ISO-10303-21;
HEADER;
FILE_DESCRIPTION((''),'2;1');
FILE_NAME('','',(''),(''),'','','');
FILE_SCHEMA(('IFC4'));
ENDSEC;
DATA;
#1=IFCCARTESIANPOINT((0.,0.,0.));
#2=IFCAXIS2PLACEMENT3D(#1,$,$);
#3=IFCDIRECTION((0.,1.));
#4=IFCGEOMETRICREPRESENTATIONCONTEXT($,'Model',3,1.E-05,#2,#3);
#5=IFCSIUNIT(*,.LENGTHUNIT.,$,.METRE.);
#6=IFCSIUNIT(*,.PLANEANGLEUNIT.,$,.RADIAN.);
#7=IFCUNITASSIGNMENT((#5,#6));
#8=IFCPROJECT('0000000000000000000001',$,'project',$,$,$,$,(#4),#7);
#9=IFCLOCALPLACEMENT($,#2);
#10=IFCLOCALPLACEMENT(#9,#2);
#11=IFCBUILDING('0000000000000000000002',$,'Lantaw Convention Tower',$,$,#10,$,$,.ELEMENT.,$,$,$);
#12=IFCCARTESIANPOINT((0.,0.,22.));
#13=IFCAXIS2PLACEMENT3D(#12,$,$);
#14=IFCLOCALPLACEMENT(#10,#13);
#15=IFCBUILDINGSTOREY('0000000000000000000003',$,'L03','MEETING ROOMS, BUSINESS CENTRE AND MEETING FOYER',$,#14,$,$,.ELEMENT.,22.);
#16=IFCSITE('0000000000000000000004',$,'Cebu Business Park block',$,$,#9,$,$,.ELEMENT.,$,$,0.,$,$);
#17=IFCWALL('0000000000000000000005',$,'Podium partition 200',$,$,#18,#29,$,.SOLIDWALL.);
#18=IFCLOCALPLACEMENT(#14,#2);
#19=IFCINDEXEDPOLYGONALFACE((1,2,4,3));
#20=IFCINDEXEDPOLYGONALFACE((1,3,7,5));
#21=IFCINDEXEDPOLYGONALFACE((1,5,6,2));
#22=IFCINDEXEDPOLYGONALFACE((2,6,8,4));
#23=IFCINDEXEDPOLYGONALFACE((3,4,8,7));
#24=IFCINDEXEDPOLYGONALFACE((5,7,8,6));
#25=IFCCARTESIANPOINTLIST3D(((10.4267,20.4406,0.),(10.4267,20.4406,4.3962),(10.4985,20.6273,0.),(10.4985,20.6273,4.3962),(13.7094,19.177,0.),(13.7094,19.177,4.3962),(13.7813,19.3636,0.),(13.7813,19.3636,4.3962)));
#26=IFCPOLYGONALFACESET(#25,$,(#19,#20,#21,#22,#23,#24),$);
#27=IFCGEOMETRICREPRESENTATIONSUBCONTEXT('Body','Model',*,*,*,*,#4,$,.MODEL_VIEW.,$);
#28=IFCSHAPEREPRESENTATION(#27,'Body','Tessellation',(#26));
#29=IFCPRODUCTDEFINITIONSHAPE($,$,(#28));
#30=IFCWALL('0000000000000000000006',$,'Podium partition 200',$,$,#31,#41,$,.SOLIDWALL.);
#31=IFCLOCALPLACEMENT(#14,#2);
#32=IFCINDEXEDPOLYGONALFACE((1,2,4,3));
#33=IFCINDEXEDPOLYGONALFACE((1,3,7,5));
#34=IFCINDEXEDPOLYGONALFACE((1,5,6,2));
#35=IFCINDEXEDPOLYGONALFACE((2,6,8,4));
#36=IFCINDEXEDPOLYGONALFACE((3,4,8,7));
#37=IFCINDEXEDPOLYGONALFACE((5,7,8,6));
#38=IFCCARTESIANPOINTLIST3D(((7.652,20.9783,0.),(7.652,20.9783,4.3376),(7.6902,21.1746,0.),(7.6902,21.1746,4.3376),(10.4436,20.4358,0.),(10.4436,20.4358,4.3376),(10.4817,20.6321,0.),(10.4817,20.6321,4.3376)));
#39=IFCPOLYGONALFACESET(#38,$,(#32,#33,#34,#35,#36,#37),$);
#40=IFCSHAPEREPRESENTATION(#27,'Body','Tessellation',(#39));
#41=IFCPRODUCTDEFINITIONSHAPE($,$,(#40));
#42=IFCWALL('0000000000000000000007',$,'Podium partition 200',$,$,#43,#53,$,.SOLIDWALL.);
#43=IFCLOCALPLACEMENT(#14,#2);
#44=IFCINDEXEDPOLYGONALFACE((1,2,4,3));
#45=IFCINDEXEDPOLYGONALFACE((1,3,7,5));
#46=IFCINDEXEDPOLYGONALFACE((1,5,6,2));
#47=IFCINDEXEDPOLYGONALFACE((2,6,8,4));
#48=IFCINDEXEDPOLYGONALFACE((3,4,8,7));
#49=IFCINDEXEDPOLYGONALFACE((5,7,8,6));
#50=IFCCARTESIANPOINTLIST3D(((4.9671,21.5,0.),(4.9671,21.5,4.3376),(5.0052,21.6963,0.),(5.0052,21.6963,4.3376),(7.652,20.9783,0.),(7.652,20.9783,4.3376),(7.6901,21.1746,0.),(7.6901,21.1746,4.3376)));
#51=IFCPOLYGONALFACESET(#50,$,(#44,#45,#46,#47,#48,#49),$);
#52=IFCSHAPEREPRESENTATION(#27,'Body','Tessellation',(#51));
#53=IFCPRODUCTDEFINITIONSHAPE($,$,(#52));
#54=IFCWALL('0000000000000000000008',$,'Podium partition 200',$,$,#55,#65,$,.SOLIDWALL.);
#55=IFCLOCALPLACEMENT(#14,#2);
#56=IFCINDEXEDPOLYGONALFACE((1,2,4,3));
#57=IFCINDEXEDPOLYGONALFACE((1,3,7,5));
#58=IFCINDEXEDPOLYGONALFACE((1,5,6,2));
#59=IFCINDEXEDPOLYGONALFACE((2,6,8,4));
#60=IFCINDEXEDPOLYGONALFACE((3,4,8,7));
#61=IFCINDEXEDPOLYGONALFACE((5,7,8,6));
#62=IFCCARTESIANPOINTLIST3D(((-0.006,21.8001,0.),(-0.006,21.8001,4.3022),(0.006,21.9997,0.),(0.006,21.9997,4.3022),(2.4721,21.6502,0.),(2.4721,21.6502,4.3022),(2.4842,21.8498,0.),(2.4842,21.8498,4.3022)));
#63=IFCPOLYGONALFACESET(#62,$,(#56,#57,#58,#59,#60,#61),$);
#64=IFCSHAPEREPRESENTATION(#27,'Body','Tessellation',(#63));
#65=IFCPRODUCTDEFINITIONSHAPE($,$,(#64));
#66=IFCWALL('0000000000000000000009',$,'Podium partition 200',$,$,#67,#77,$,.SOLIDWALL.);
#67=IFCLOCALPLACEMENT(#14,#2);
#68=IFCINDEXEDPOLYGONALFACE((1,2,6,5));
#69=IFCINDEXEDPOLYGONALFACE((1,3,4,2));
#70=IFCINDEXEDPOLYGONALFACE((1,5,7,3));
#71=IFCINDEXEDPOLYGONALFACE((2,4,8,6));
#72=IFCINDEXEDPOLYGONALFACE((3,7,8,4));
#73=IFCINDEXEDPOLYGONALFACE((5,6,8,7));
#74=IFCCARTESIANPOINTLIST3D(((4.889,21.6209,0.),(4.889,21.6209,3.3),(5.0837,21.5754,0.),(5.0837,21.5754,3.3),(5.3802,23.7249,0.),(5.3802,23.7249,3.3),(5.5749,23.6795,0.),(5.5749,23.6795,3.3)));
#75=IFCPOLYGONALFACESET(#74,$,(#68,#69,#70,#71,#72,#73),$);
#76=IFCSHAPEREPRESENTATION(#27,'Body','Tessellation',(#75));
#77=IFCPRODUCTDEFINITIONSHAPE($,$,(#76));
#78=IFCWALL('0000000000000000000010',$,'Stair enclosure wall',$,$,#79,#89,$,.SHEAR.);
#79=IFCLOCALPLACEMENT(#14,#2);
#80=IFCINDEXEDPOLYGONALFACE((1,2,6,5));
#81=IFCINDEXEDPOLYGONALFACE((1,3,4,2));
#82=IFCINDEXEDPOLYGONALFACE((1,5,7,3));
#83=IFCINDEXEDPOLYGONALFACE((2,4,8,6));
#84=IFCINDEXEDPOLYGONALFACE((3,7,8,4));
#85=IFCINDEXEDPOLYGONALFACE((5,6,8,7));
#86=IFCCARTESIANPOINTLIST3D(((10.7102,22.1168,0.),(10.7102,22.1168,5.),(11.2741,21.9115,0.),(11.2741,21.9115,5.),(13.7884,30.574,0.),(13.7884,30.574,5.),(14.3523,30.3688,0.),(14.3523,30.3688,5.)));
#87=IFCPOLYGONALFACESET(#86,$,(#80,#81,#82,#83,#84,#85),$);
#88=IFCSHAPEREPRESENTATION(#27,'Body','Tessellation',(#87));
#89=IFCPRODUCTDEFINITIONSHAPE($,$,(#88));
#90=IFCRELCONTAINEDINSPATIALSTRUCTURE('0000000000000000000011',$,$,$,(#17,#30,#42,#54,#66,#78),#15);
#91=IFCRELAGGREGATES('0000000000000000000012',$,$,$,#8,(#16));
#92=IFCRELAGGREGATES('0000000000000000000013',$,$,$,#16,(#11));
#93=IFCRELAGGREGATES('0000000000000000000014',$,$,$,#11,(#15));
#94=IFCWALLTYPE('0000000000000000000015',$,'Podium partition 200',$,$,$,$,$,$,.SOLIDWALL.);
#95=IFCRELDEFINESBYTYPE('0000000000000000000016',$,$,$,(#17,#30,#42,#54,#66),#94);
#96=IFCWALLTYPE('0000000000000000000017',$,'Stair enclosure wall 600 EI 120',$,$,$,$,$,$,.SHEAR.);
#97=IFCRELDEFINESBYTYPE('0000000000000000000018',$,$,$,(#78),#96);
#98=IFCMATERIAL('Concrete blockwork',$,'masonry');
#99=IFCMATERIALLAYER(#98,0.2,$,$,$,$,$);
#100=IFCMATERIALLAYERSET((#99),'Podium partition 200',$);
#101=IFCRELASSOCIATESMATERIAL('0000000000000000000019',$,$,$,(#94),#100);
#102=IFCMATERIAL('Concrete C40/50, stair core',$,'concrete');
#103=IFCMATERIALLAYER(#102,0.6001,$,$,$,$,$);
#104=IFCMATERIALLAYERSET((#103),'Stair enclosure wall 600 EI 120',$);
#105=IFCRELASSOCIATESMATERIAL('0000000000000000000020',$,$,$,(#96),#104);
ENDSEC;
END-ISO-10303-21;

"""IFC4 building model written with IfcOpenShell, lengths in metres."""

from ifc_helpers import new_model, si_unit, direction, frame, frame_2d, origin, place, context, subcontext, project, spatial, rectangle, extrude, material, layer, layer_set, type_object, element, save


model = new_model("IFC4")

# Units and contexts
model_context = context("Model", 3, precision=1e-05, world=origin(), true_north=direction((0.0, 1.0)))
body_context = subcontext(model_context, "Body", "Model", "MODEL_VIEW")
ifc_project = project(units=[si_unit("LENGTHUNIT", "METRE"), si_unit("PLANEANGLEUNIT", "RADIAN")], contexts=[model_context])

# Site, building, storey
site_placement = place(None, origin())
site = spatial("IfcSite", under=ifc_project, at=site_placement, Name="Cebu Business Park block", CompositionType="ELEMENT", RefElevation=0.0)
building_placement = place(site_placement, origin())
building = spatial("IfcBuilding", under=site, at=building_placement, Name="Lantaw Convention Tower", CompositionType="ELEMENT")
storey_placement = place(building_placement, frame((0.0, 0.0, 22.0)))
storey = spatial("IfcBuildingStorey", under=building, at=storey_placement, Name="L03", Description="MEETING ROOMS, BUSINESS CENTRE AND MEETING FOYER", CompositionType="ELEMENT", Elevation=22.0)

# Walls
ifc_material_1 = material(Name="Concrete blockwork", Category="masonry")
ifc_layer_1 = layer(ifc_material_1, 0.2)
ifc_layer_set_1 = layer_set([ifc_layer_1], Name="Podium partition 200")
wall_type_1 = type_object("IfcWallType", Name="Podium partition 200", PredefinedType="SOLIDWALL", material=ifc_layer_set_1)
wall_1_placement = place(storey_placement, frame((13.7454, 19.2703, 0.0), z_axis=(0.0, 0.0, 1.0), x_axis=(-0.933242, 0.359249, 0.0)))
element("IfcWall", 1, at=wall_1_placement, inside=storey, type_object=wall_type_1, Name="Podium partition 200", PredefinedType="SOLIDWALL", context=body_context, shape_type="SweptSolid", body=[
    extrude(rectangle(XDim=3.5176, YDim=0.2, at=frame_2d((1.7588, 0.0))), origin(), (0.0, 0.0, 1.0), 4.3962),
])
wall_2_placement = place(storey_placement, frame((10.4626, 20.5339, 0.0), z_axis=(0.0, 0.0, 1.0), x_axis=(-0.981636, 0.190764, 0.0)))
element("IfcWall", 2, at=wall_2_placement, inside=storey, type_object=wall_type_1, Name="Podium partition 200", PredefinedType="SOLIDWALL", context=body_context, shape_type="SweptSolid", body=[
    extrude(rectangle(XDim=2.8438, YDim=0.2, at=frame_2d((1.4219, 0.0))), origin(), (0.0, 0.0, 1.0), 4.3376),
])
wall_3_placement = place(storey_placement, frame((7.6711, 21.0764, 0.0), z_axis=(0.0, 0.0, 1.0), x_axis=(-0.981637, 0.190757, 0.0)))
element("IfcWall", 3, at=wall_3_placement, inside=storey, type_object=wall_type_1, Name="Podium partition 200", PredefinedType="SOLIDWALL", context=body_context, shape_type="SweptSolid", body=[
    extrude(rectangle(XDim=2.7351, YDim=0.2, at=frame_2d((1.3677, 0.0))), origin(), (0.0, 0.0, 1.0), 4.3376),
])
wall_4_placement = place(storey_placement, frame((2.478, 21.75, 0.0), z_axis=(0.0, 0.0, 1.0), x_axis=(-0.998175, 0.060382, 0.0)))
element("IfcWall", 4, at=wall_4_placement, inside=storey, type_object=wall_type_1, Name="Podium partition 200", PredefinedType="SOLIDWALL", context=body_context, shape_type="SweptSolid", body=[
    extrude(rectangle(XDim=2.4827, YDim=0.2, at=frame_2d((1.2412, 0.0))), origin(), (0.0, 0.0, 1.0), 4.3022),
])
wall_5_placement = place(storey_placement, frame((4.9863, 21.5981, 0.0), z_axis=(0.0, 0.0, 1.0), x_axis=(0.227351, 0.973813, 0.0)))
element("IfcWall", 5, at=wall_5_placement, inside=storey, type_object=wall_type_1, Name="Podium partition 200", PredefinedType="SOLIDWALL", context=body_context, shape_type="SweptSolid", body=[
    extrude(rectangle(XDim=2.1606, YDim=0.2, at=frame_2d((1.0803, 0.0))), origin(), (0.0, 0.0, 1.0), 3.3),
])
ifc_material_2 = material(Name="Concrete C40/50, stair core", Category="concrete")
ifc_layer_2 = layer(ifc_material_2, 0.6001)
ifc_layer_set_2 = layer_set([ifc_layer_2], Name="Stair enclosure wall 600 EI 120")
wall_type_2 = type_object("IfcWallType", Name="Stair enclosure wall 600 EI 120", PredefinedType="SHEAR", material=ifc_layer_set_2)
wall_6_placement = place(storey_placement, frame((10.9922, 22.0142, 0.0), z_axis=(0.0, 0.0, 1.0), x_axis=(0.342013, 0.939695, 0.0)))
element("IfcWall", 6, at=wall_6_placement, inside=storey, type_object=wall_type_2, Name="Stair enclosure wall", PredefinedType="SHEAR", context=body_context, shape_type="SweptSolid", body=[
    extrude(rectangle(XDim=9.0, YDim=0.6001, at=frame_2d((4.5, 0.0))), origin(), (0.0, 0.0, 1.0), 5.0),
])

save(model, "model.ifc")
